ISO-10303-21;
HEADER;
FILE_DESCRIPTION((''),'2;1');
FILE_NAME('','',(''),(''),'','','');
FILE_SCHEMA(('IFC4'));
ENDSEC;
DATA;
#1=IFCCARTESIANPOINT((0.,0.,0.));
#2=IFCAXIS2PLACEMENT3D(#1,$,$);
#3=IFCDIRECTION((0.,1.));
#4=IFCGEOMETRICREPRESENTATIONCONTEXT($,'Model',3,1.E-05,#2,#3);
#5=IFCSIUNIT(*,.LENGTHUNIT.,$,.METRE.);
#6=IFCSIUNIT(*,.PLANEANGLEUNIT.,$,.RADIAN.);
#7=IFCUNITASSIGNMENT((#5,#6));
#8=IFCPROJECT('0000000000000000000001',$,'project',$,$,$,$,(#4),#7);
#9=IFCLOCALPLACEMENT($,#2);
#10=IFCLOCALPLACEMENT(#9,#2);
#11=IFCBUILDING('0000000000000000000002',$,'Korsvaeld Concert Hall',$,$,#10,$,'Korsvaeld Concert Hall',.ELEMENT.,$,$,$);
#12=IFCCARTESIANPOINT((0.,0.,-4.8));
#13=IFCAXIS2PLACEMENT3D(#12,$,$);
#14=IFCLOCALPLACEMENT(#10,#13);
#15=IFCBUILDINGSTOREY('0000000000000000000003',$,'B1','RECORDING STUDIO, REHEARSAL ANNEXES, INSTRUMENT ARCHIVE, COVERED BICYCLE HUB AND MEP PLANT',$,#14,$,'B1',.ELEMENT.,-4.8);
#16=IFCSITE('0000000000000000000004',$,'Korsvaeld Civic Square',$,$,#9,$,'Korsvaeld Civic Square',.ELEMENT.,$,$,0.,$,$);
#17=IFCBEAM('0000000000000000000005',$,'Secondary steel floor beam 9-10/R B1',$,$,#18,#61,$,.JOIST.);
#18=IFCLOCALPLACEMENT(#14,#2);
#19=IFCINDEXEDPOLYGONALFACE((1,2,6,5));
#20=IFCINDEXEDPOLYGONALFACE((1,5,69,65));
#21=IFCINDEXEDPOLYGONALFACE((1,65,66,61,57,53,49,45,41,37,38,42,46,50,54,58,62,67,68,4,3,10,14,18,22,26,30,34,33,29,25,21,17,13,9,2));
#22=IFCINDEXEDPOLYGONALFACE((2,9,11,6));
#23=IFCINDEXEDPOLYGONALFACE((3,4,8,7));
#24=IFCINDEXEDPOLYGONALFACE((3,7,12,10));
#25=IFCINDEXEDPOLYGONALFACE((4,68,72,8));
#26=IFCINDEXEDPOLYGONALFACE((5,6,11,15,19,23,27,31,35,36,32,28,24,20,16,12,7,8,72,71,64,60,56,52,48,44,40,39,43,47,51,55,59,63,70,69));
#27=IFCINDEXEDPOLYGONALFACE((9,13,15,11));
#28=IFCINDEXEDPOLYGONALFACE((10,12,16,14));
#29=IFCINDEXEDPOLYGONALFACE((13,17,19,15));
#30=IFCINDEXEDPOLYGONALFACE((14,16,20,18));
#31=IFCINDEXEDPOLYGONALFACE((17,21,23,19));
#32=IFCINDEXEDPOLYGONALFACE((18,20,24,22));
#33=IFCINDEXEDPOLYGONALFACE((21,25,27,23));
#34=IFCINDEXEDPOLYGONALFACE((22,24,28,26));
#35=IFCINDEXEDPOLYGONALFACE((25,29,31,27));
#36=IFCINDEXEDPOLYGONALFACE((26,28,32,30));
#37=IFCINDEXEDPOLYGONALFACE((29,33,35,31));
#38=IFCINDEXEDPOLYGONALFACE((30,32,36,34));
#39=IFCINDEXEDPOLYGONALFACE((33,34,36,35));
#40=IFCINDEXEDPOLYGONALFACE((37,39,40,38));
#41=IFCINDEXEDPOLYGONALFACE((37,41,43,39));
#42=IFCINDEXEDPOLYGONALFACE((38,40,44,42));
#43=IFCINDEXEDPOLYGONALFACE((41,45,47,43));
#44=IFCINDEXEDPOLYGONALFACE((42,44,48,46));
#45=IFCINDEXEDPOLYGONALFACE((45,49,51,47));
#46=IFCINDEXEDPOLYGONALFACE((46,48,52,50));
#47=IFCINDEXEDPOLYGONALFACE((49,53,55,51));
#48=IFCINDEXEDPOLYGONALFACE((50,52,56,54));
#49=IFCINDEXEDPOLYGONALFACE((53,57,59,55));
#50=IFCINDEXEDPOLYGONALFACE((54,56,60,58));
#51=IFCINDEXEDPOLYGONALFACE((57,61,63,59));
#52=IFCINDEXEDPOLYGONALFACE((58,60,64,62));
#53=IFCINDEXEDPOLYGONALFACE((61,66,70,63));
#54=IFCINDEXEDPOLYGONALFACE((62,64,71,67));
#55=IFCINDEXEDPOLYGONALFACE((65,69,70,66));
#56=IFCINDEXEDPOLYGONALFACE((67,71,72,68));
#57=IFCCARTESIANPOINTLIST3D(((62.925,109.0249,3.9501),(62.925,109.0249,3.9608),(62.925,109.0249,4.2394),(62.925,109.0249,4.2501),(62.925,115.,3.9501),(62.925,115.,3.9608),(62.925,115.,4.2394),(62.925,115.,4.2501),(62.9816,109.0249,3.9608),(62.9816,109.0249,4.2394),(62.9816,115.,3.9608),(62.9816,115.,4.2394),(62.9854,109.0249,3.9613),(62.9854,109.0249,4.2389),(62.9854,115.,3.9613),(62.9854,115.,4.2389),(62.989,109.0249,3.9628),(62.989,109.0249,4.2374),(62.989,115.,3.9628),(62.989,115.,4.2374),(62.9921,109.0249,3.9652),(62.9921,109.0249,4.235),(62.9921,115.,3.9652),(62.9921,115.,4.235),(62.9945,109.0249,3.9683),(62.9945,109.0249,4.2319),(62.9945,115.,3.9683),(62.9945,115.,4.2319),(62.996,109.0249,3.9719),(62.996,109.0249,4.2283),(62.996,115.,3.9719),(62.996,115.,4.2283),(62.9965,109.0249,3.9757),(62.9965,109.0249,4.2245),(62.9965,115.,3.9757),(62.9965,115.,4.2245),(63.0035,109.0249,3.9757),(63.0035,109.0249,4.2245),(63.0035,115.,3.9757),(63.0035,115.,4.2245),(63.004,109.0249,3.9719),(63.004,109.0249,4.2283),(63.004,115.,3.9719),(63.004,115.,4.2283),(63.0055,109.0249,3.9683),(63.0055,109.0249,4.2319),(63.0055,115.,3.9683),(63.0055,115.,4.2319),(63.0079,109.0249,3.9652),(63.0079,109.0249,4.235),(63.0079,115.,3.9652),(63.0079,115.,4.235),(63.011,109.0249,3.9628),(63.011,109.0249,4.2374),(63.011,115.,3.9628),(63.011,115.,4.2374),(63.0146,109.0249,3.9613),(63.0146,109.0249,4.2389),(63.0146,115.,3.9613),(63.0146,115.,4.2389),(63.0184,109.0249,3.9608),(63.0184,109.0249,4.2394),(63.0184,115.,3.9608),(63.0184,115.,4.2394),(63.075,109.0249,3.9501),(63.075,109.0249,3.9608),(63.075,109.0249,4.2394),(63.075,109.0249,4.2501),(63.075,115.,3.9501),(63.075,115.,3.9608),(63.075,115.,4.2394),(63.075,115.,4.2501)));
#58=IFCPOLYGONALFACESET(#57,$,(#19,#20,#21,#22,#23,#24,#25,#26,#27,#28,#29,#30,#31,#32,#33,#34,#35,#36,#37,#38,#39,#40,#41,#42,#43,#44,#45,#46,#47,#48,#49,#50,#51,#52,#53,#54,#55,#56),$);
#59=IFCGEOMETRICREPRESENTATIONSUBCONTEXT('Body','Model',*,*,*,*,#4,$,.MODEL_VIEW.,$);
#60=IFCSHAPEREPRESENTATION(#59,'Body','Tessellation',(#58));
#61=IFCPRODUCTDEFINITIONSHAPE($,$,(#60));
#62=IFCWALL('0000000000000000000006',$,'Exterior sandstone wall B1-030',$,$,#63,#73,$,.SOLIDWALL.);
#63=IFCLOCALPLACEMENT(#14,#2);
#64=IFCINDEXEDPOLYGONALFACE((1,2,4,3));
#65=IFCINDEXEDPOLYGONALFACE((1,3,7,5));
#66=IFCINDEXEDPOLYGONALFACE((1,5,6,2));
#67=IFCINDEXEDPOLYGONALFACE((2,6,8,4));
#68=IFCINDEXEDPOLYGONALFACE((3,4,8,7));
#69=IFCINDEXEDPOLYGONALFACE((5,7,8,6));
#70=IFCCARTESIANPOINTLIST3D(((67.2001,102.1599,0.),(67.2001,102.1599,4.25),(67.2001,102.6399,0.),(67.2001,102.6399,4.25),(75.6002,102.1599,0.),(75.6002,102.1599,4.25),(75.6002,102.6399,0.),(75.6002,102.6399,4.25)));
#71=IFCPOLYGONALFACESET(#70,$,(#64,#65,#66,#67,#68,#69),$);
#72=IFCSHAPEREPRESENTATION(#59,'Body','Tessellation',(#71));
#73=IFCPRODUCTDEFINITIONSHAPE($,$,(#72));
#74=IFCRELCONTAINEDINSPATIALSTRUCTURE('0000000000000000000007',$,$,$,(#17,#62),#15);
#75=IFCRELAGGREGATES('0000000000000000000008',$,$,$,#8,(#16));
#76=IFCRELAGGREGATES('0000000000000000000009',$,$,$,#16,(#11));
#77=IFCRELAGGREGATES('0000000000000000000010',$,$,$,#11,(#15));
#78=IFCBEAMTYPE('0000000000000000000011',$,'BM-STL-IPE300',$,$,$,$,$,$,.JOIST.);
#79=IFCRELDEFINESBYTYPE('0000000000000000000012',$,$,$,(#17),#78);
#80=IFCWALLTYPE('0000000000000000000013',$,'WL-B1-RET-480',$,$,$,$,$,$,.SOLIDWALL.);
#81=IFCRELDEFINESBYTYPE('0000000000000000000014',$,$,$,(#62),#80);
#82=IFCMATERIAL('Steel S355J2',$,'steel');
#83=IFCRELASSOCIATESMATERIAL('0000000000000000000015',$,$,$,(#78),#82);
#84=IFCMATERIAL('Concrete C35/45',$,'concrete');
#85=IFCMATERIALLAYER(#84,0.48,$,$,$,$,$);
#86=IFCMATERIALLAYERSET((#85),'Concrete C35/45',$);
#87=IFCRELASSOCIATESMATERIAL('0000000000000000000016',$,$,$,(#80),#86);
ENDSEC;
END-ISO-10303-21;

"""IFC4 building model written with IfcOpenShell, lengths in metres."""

from ifc_helpers import new_model, si_unit, direction, frame, frame_2d, origin, origin_2d, place, context, subcontext, project, spatial, rectangle, i_section, extrude, material, layer, layer_set, material_profile, profile_set, type_object, element, save


model = new_model("IFC4")

# Units and contexts
model_context = context("Model", 3, precision=1e-05, world=origin(), true_north=direction((0.0, 1.0)))
body_context = subcontext(model_context, "Body", "Model", "MODEL_VIEW")
ifc_project = project(units=[si_unit("LENGTHUNIT", "METRE"), si_unit("PLANEANGLEUNIT", "RADIAN")], contexts=[model_context])

# Site, building, storey
site_placement = place(None, origin())
site = spatial("IfcSite", under=ifc_project, at=site_placement, Name="Korsvaeld Civic Square", LongName="Korsvaeld Civic Square", CompositionType="ELEMENT", RefElevation=0.0)
building_placement = place(site_placement, origin())
building = spatial("IfcBuilding", under=site, at=building_placement, Name="Korsvaeld Concert Hall", LongName="Korsvaeld Concert Hall", CompositionType="ELEMENT")
storey_placement = place(building_placement, frame((0.0, 0.0, -4.8)))
storey = spatial("IfcBuildingStorey", under=building, at=storey_placement, Name="B1", Description="RECORDING STUDIO, REHEARSAL ANNEXES, INSTRUMENT ARCHIVE, COVERED BICYCLE HUB AND MEP PLANT", LongName="B1", CompositionType="ELEMENT", Elevation=-4.8)

# Shared definitions
ifc_material_1 = material(Name="Concrete C35/45", Category="concrete")

# Beam
ifc_material_2 = material(Name="Steel S355J2", Category="steel")
ifc_material_profile_1 = material_profile(ifc_material_2, i_section(OverallWidth=0.1499, OverallDepth=0.3, WebThickness=0.0071, FlangeThickness=0.0107, FilletRadius=0.0149, at=origin_2d()), Name="IPE 300")
ifc_profile_set_1 = profile_set([ifc_material_profile_1], Name="Steel S355J2")
beam_type_1 = type_object("IfcBeamType", Name="BM-STL-IPE300", PredefinedType="JOIST", material=ifc_profile_set_1)
beam_1_placement = place(storey_placement, frame((63.0, 109.0249, 4.1001), z_axis=(0.0, 1.0, 0.0), x_axis=(-1.0, 0.0, 0.0)))
element("IfcBeam", 1, at=beam_1_placement, inside=storey, type_object=beam_type_1, Name="Secondary steel floor beam 9-10/R B1", PredefinedType="JOIST", context=body_context, shape_type="SweptSolid", body=[
    extrude(i_section(OverallWidth=0.1499, OverallDepth=0.3, WebThickness=0.0071, FlangeThickness=0.0107, FilletRadius=0.0149, at=origin_2d()), origin(), (0.0, 0.0, 1.0), 5.9751),
])

# Wall
ifc_layer = layer(ifc_material_1, 0.48)
ifc_layer_set = layer_set([ifc_layer], Name="Concrete C35/45")
wall_type = type_object("IfcWallType", Name="WL-B1-RET-480", PredefinedType="SOLIDWALL", material=ifc_layer_set)
wall_placement = place(storey_placement, frame((67.2, 102.3999, 0.0), z_axis=(0.0, 0.0, 1.0), x_axis=(1.0, 0.0, 0.0)))
element("IfcWall", 2, at=wall_placement, inside=storey, type_object=wall_type, Name="Exterior sandstone wall B1-030", PredefinedType="SOLIDWALL", context=body_context, shape_type="SweptSolid", body=[
    extrude(rectangle(XDim=8.4001, YDim=0.48, at=frame_2d((4.2002, 0.0))), origin(), (0.0, 0.0, 1.0), 4.25),
])

save(model, "model.ifc")
